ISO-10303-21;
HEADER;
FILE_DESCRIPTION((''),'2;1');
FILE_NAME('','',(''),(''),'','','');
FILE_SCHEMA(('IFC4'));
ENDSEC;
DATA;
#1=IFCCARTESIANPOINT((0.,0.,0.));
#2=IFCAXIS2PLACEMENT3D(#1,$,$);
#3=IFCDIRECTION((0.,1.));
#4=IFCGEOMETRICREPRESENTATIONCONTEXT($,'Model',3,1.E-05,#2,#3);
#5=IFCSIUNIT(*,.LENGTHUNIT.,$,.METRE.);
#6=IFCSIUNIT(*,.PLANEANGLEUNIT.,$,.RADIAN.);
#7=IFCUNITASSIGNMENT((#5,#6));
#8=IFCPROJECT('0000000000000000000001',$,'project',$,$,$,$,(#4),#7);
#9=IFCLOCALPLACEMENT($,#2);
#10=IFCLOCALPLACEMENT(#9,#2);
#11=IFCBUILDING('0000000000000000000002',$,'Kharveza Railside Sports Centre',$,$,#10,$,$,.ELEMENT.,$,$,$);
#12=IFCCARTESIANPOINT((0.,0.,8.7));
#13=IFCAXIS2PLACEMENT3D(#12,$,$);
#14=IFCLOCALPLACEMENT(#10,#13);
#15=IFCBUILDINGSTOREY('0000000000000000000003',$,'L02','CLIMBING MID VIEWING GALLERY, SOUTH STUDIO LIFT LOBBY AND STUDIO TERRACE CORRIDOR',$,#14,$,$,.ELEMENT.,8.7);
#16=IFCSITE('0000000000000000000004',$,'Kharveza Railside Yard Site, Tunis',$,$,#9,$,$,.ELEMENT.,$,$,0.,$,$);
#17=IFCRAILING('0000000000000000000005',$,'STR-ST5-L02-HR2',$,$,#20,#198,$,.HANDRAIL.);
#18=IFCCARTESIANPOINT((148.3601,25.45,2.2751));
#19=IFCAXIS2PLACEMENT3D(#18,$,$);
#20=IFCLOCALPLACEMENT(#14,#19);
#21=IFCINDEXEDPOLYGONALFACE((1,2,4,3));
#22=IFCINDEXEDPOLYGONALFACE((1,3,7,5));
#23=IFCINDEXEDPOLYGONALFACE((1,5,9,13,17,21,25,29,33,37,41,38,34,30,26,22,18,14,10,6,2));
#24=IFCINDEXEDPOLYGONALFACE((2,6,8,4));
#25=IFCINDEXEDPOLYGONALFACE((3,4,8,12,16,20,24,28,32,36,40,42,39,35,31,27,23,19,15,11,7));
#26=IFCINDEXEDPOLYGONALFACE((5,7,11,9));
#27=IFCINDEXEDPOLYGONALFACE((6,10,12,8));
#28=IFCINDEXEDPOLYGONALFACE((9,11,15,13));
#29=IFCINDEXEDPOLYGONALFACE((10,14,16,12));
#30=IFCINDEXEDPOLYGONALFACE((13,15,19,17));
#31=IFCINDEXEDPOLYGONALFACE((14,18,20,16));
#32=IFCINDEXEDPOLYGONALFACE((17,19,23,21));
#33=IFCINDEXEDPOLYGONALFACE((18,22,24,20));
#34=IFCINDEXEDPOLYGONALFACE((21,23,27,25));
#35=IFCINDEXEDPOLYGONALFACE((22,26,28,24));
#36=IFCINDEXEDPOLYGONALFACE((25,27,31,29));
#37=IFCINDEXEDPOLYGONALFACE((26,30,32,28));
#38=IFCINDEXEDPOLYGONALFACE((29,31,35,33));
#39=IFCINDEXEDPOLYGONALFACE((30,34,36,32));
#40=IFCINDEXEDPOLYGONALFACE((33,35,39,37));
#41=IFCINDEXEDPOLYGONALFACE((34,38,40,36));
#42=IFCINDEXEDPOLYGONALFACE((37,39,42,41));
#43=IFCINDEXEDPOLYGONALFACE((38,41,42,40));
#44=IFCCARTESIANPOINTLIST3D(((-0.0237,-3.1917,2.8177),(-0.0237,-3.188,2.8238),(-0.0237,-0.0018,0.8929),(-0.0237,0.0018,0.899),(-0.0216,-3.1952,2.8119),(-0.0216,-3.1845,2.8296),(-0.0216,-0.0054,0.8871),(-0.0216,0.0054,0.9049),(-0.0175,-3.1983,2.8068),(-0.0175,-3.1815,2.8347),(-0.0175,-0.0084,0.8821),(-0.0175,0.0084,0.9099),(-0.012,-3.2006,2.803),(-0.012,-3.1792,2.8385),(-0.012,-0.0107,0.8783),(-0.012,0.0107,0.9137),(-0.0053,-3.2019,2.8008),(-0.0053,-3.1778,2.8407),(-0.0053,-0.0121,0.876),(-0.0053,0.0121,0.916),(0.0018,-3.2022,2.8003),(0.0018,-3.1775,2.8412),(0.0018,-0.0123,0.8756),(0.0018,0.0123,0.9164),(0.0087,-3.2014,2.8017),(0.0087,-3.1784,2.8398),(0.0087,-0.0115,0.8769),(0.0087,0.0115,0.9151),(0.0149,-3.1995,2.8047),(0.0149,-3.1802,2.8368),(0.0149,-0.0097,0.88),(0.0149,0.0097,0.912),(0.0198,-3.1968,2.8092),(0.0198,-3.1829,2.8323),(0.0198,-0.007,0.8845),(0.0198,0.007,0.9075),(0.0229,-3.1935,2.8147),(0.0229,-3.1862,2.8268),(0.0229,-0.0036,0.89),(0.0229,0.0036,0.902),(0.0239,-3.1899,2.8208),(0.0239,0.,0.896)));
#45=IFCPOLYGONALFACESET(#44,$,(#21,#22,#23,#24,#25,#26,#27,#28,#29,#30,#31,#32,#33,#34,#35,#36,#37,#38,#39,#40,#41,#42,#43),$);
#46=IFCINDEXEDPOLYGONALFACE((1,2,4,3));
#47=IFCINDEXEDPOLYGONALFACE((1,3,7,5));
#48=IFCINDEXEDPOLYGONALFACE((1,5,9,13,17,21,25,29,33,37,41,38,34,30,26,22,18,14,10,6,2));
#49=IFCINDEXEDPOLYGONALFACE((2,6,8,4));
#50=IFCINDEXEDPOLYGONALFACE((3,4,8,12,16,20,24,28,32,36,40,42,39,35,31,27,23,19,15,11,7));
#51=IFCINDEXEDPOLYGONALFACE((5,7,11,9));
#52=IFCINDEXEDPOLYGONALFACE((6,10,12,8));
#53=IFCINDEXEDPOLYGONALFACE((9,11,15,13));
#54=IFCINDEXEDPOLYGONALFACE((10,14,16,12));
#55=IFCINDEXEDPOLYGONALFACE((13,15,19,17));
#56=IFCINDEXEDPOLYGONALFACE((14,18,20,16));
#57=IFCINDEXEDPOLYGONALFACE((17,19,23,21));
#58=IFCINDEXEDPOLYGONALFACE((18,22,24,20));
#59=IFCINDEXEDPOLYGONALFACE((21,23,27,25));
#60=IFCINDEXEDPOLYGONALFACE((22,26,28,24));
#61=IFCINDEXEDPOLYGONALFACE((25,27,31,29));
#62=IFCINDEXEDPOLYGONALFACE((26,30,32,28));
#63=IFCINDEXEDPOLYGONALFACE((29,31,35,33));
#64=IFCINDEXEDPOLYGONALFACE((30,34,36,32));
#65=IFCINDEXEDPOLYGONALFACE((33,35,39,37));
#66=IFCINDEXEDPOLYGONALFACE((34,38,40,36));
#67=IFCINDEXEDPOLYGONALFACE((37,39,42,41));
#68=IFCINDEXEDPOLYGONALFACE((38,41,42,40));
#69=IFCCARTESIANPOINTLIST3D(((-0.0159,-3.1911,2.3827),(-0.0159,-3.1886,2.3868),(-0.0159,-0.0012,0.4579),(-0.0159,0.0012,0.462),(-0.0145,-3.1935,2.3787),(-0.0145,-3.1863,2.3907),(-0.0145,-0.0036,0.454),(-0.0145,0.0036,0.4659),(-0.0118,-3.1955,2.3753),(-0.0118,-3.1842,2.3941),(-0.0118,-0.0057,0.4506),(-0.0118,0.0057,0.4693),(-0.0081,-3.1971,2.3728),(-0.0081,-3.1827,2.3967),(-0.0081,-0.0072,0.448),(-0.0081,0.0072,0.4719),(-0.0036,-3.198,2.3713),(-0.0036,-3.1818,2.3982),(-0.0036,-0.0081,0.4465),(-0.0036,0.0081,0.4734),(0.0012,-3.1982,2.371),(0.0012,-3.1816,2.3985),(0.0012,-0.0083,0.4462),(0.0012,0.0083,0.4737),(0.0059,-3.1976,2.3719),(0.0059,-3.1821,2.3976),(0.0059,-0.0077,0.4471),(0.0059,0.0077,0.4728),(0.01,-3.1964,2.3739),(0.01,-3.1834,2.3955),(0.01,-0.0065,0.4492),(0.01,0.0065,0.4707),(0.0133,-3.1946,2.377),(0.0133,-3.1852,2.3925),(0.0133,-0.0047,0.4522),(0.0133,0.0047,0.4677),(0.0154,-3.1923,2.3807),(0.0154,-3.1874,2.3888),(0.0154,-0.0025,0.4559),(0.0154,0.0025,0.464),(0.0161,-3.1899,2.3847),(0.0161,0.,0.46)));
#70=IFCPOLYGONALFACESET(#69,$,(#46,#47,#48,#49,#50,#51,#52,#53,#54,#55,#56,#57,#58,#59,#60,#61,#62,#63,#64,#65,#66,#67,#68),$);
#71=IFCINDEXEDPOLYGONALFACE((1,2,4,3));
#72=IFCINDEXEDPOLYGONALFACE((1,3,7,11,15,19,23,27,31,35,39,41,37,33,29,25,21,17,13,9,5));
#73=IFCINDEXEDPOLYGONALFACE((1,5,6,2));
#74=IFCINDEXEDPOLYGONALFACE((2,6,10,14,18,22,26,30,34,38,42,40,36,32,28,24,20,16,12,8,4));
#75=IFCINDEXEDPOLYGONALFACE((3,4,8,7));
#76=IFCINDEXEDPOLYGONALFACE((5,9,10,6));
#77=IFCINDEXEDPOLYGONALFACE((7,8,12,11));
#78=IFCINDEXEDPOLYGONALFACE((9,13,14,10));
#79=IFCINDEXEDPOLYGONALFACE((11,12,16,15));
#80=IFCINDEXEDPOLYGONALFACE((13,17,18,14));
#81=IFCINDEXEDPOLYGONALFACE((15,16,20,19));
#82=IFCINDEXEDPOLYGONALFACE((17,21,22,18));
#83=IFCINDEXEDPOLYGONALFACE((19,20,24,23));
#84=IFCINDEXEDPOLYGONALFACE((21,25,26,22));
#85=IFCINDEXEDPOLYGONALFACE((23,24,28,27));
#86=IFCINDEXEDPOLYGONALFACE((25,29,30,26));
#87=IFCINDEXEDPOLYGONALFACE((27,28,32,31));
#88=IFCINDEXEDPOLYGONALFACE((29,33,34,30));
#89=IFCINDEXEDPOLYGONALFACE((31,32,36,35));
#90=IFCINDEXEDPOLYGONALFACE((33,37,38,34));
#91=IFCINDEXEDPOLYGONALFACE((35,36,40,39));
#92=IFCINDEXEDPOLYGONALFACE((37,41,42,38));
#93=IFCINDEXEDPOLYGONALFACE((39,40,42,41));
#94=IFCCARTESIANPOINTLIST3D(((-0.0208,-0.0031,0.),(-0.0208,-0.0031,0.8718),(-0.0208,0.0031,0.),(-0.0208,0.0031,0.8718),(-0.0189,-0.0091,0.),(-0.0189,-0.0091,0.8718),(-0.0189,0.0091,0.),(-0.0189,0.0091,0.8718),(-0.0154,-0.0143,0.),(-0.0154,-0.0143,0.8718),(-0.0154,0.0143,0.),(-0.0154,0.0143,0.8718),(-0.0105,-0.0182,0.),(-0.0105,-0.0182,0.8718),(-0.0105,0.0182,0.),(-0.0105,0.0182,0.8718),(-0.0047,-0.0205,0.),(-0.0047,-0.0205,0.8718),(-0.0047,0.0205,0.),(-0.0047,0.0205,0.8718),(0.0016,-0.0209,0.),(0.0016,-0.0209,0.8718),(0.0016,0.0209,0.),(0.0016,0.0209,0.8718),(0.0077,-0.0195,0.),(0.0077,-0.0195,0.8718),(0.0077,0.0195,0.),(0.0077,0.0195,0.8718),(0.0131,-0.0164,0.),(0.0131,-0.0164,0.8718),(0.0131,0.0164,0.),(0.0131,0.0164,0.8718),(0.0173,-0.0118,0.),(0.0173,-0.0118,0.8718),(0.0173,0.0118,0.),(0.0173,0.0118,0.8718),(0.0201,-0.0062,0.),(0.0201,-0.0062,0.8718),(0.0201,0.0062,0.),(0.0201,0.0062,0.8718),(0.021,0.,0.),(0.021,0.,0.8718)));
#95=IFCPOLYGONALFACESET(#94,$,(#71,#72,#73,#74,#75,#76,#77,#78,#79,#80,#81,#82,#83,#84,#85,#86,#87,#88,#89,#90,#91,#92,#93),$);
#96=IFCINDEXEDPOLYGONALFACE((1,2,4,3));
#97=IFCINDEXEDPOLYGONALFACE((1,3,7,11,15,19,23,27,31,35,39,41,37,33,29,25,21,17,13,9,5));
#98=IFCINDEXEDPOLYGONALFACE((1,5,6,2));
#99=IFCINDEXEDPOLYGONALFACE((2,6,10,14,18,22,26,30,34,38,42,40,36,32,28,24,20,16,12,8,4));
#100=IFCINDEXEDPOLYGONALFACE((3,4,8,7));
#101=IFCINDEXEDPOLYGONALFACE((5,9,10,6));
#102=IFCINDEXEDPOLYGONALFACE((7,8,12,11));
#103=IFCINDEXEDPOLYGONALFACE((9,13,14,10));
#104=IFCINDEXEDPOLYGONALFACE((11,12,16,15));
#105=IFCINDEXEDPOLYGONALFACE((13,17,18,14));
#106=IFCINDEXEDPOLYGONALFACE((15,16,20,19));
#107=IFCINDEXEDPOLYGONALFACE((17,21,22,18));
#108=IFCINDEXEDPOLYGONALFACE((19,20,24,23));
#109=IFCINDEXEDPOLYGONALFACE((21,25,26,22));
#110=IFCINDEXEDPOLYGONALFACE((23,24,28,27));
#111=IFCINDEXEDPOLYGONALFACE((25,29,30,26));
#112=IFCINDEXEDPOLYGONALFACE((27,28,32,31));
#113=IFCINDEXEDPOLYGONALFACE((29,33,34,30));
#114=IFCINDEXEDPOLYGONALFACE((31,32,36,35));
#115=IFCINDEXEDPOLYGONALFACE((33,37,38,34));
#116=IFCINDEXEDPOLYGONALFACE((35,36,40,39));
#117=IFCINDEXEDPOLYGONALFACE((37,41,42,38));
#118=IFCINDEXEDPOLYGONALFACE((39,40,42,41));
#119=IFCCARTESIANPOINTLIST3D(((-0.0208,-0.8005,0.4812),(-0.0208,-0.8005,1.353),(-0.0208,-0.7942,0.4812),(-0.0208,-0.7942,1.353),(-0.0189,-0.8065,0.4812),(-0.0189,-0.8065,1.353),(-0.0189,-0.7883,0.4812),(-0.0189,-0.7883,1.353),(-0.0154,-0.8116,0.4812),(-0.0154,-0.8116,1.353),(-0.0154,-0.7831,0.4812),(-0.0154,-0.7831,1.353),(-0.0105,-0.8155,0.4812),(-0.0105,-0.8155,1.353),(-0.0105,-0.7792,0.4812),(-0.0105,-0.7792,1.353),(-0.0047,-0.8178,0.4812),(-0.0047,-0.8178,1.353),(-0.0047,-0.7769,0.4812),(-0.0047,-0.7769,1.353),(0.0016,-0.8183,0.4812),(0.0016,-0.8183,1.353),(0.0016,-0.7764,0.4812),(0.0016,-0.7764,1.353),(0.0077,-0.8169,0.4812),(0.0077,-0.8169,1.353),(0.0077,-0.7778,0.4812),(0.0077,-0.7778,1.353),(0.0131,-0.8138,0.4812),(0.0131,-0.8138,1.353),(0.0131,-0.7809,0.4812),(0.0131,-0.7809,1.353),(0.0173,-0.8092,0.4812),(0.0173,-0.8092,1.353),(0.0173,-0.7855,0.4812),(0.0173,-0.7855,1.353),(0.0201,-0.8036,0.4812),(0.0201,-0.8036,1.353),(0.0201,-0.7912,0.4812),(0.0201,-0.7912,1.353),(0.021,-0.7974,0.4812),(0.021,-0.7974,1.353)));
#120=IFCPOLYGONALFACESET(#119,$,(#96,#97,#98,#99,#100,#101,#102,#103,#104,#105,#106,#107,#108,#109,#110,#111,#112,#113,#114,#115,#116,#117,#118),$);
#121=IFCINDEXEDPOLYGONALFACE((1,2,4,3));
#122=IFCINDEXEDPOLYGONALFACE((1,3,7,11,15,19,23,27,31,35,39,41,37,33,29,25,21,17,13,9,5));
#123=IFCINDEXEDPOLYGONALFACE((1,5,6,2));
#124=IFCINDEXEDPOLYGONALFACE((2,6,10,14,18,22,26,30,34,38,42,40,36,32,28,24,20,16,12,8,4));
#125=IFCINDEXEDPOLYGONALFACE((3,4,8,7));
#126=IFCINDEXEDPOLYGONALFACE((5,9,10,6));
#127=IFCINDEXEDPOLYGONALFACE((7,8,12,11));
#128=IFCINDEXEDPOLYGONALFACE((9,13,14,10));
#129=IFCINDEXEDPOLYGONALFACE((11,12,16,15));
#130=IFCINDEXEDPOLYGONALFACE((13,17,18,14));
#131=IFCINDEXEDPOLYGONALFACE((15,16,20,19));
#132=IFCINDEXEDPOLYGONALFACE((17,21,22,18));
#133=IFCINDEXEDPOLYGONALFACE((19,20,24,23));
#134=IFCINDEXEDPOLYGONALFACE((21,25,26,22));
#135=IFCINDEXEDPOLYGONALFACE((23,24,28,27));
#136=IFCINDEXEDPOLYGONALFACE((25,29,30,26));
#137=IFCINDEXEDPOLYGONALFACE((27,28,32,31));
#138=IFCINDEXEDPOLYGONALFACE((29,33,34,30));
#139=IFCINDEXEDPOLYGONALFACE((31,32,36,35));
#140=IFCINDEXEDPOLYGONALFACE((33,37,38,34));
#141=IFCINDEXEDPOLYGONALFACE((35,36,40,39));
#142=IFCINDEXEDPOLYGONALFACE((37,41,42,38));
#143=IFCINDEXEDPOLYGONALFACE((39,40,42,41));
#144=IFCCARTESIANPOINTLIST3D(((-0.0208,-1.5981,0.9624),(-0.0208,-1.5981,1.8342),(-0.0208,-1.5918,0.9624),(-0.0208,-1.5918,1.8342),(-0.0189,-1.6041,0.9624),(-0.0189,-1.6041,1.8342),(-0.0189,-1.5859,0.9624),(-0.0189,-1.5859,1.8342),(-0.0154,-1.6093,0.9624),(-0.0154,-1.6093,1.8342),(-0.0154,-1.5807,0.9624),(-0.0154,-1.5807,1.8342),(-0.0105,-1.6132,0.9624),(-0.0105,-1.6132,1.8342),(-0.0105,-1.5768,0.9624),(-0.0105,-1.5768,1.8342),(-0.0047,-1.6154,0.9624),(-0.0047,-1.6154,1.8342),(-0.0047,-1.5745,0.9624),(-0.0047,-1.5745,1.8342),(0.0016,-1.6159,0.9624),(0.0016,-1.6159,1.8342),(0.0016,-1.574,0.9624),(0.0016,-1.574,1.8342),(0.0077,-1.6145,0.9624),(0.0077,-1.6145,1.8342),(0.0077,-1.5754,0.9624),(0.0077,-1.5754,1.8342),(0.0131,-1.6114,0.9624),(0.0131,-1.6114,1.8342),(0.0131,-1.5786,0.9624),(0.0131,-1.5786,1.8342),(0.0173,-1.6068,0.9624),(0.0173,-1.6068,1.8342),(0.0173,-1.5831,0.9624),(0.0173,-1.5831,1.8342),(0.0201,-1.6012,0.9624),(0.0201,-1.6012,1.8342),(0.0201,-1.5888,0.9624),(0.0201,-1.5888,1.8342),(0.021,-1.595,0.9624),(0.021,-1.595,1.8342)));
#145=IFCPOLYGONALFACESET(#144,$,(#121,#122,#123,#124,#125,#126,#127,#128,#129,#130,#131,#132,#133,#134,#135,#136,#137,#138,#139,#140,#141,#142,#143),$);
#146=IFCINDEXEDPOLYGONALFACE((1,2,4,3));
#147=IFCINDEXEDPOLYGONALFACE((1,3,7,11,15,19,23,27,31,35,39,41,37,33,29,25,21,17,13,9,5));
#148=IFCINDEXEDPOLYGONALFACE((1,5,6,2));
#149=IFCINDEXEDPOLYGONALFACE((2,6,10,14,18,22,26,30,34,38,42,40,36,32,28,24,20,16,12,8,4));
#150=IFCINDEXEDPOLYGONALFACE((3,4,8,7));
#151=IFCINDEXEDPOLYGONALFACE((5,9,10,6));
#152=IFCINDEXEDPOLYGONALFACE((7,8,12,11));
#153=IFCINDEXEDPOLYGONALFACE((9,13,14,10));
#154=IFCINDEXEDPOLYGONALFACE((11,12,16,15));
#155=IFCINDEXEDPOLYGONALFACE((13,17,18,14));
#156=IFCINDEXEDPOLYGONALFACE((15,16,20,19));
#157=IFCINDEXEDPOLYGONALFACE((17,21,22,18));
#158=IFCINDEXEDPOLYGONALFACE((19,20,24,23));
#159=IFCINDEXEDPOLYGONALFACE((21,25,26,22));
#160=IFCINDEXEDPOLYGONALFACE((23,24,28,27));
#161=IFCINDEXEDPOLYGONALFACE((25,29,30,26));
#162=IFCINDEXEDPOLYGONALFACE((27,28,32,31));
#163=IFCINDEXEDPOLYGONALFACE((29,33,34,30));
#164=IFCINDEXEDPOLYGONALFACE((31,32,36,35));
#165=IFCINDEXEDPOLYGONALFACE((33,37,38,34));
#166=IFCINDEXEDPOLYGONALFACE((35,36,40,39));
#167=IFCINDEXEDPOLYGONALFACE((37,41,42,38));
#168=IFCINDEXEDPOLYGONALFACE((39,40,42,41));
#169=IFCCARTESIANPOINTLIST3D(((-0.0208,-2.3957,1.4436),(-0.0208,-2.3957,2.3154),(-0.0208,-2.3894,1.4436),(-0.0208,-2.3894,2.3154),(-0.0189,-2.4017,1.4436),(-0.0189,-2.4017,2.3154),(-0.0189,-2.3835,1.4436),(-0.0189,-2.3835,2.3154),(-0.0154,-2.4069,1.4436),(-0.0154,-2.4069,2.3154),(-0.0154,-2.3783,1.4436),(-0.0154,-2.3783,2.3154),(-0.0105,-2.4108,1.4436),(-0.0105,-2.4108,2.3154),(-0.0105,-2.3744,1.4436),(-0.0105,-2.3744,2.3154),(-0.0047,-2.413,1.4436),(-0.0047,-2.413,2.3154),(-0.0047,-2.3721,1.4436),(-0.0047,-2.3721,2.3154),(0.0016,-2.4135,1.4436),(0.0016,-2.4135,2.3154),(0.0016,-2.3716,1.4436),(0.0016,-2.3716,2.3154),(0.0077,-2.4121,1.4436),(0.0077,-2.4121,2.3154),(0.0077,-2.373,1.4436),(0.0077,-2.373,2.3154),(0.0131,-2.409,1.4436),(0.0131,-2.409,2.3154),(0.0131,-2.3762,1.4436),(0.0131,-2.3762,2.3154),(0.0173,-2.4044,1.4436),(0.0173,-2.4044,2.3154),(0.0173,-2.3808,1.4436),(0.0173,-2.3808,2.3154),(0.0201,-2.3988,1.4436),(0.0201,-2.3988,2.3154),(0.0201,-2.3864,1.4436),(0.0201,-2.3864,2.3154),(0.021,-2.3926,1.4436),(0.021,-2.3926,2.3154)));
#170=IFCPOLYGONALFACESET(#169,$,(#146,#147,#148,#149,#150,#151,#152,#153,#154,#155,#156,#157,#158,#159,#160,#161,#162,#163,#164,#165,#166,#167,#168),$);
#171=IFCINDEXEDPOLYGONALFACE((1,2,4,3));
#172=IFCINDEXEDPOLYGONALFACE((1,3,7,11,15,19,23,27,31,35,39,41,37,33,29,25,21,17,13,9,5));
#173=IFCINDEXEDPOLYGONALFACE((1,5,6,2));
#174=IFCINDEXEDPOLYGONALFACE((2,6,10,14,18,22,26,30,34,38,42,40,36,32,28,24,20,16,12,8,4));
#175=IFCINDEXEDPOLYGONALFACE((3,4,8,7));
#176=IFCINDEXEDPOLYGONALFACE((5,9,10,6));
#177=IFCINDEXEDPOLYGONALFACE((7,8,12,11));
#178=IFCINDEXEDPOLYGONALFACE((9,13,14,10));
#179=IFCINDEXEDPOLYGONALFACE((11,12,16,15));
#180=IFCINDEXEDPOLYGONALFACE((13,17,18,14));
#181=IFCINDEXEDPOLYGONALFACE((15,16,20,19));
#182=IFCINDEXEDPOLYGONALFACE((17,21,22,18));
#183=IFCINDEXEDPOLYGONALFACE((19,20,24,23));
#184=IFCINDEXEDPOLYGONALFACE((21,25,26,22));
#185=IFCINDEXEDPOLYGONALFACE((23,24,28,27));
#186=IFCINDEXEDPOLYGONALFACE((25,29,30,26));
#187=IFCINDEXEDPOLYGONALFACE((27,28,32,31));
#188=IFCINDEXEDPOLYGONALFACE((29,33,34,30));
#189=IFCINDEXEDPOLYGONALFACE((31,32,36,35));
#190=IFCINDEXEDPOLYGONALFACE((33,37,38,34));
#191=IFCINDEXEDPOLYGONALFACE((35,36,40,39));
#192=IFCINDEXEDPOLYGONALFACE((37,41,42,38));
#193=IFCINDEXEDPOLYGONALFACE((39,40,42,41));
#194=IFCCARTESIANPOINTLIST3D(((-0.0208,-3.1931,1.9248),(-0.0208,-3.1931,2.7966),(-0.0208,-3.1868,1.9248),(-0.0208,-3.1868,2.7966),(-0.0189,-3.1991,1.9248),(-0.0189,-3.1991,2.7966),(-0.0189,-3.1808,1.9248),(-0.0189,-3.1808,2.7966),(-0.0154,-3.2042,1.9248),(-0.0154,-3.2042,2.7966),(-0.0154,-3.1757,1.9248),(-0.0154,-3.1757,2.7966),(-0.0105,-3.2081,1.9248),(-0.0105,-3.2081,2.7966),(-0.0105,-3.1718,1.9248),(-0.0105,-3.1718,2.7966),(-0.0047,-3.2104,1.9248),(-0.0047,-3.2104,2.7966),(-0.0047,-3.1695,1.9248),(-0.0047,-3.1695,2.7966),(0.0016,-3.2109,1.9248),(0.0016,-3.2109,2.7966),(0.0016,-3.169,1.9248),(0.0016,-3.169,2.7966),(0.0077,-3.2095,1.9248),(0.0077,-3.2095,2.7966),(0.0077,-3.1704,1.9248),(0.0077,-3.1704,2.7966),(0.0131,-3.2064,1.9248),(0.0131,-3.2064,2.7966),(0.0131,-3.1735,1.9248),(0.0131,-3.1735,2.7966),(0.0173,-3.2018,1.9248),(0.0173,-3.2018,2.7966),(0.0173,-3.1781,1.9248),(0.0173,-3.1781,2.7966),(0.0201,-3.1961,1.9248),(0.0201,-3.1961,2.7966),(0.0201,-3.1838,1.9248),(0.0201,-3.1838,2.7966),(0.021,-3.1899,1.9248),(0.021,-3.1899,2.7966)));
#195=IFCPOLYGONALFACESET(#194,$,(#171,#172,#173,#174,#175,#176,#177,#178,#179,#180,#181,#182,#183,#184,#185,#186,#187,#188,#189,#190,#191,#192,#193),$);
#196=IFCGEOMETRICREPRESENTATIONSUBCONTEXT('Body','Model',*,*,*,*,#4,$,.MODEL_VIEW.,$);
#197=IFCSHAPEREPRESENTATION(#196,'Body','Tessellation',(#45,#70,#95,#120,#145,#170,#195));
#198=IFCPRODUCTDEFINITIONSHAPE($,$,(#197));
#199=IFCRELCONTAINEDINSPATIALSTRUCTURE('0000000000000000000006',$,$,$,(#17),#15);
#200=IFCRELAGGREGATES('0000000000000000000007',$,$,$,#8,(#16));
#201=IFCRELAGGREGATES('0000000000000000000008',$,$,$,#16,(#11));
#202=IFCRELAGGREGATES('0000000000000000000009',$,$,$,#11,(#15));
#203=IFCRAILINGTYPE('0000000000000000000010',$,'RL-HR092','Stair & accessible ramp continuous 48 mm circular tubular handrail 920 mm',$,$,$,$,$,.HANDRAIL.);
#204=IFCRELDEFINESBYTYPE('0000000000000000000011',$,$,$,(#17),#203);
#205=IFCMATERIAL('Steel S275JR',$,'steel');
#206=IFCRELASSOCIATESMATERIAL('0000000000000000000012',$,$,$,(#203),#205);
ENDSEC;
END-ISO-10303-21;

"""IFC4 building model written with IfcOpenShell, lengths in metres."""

from ifc_helpers import new_model, si_unit, direction, frame, origin, origin_2d, place, context, subcontext, project, spatial, circle, extrude, material, type_object, element, save


model = new_model("IFC4")

# Units and contexts
model_context = context("Model", 3, precision=1e-05, world=origin(), true_north=direction((0.0, 1.0)))
body_context = subcontext(model_context, "Body", "Model", "MODEL_VIEW")
ifc_project = project(units=[si_unit("LENGTHUNIT", "METRE"), si_unit("PLANEANGLEUNIT", "RADIAN")], contexts=[model_context])

# Site, building, storey
site_placement = place(None, origin())
site = spatial("IfcSite", under=ifc_project, at=site_placement, Name="Kharveza Railside Yard Site, Tunis", CompositionType="ELEMENT", RefElevation=0.0)
building_placement = place(site_placement, origin())
building = spatial("IfcBuilding", under=site, at=building_placement, Name="Kharveza Railside Sports Centre", CompositionType="ELEMENT")
storey_placement = place(building_placement, frame((0.0, 0.0, 8.7)))
storey = spatial("IfcBuildingStorey", under=building, at=storey_placement, Name="L02", Description="CLIMBING MID VIEWING GALLERY, SOUTH STUDIO LIFT LOBBY AND STUDIO TERRACE CORRIDOR", CompositionType="ELEMENT", Elevation=8.7)

# Railing
ifc_material_1 = material(Name="Steel S275JR", Category="steel")
railing_type_1 = type_object("IfcRailingType", Name="RL-HR092", Description="Stair & accessible ramp continuous 48 mm circular tubular handrail 920 mm", PredefinedType="HANDRAIL", material=ifc_material_1)
railing_1_placement = place(storey_placement, frame((148.3601, 25.45, 2.2751)))
element("IfcRailing", 1, at=railing_1_placement, inside=storey, type_object=railing_type_1, Name="STR-ST5-L02-HR2", PredefinedType="HANDRAIL", context=body_context, shape_type="SweptSolid", body=[
    extrude(circle(Radius=0.0239, at=origin_2d()), frame((0.0, 0.0, 0.896), z_axis=(0.0, -0.856207, 0.516633), x_axis=(1.0, 0.0, 0.0)), (0.0, 0.0, 1.0), 3.7256),
    extrude(circle(Radius=0.0161, at=origin_2d()), frame((0.0, 0.0, 0.46), z_axis=(0.0, -0.856207, 0.516633), x_axis=(1.0, 0.0, 0.0)), (0.0, 0.0, 1.0), 3.7256),
    extrude(circle(Radius=0.021, at=origin_2d()), origin(), (0.0, 0.0, 1.0), 0.8718),
    extrude(circle(Radius=0.021, at=origin_2d()), frame((0.0, -0.7974, 0.4812)), (0.0, 0.0, 1.0), 0.8718),
    extrude(circle(Radius=0.021, at=origin_2d()), frame((0.0, -1.595, 0.9624)), (0.0, 0.0, 1.0), 0.8718),
    extrude(circle(Radius=0.021, at=origin_2d()), frame((0.0, -2.3926, 1.4436)), (0.0, 0.0, 1.0), 0.8718),
    extrude(circle(Radius=0.021, at=origin_2d()), frame((0.0, -3.1899, 1.9248)), (0.0, 0.0, 1.0), 0.8718),
])

save(model, "model.ifc")
